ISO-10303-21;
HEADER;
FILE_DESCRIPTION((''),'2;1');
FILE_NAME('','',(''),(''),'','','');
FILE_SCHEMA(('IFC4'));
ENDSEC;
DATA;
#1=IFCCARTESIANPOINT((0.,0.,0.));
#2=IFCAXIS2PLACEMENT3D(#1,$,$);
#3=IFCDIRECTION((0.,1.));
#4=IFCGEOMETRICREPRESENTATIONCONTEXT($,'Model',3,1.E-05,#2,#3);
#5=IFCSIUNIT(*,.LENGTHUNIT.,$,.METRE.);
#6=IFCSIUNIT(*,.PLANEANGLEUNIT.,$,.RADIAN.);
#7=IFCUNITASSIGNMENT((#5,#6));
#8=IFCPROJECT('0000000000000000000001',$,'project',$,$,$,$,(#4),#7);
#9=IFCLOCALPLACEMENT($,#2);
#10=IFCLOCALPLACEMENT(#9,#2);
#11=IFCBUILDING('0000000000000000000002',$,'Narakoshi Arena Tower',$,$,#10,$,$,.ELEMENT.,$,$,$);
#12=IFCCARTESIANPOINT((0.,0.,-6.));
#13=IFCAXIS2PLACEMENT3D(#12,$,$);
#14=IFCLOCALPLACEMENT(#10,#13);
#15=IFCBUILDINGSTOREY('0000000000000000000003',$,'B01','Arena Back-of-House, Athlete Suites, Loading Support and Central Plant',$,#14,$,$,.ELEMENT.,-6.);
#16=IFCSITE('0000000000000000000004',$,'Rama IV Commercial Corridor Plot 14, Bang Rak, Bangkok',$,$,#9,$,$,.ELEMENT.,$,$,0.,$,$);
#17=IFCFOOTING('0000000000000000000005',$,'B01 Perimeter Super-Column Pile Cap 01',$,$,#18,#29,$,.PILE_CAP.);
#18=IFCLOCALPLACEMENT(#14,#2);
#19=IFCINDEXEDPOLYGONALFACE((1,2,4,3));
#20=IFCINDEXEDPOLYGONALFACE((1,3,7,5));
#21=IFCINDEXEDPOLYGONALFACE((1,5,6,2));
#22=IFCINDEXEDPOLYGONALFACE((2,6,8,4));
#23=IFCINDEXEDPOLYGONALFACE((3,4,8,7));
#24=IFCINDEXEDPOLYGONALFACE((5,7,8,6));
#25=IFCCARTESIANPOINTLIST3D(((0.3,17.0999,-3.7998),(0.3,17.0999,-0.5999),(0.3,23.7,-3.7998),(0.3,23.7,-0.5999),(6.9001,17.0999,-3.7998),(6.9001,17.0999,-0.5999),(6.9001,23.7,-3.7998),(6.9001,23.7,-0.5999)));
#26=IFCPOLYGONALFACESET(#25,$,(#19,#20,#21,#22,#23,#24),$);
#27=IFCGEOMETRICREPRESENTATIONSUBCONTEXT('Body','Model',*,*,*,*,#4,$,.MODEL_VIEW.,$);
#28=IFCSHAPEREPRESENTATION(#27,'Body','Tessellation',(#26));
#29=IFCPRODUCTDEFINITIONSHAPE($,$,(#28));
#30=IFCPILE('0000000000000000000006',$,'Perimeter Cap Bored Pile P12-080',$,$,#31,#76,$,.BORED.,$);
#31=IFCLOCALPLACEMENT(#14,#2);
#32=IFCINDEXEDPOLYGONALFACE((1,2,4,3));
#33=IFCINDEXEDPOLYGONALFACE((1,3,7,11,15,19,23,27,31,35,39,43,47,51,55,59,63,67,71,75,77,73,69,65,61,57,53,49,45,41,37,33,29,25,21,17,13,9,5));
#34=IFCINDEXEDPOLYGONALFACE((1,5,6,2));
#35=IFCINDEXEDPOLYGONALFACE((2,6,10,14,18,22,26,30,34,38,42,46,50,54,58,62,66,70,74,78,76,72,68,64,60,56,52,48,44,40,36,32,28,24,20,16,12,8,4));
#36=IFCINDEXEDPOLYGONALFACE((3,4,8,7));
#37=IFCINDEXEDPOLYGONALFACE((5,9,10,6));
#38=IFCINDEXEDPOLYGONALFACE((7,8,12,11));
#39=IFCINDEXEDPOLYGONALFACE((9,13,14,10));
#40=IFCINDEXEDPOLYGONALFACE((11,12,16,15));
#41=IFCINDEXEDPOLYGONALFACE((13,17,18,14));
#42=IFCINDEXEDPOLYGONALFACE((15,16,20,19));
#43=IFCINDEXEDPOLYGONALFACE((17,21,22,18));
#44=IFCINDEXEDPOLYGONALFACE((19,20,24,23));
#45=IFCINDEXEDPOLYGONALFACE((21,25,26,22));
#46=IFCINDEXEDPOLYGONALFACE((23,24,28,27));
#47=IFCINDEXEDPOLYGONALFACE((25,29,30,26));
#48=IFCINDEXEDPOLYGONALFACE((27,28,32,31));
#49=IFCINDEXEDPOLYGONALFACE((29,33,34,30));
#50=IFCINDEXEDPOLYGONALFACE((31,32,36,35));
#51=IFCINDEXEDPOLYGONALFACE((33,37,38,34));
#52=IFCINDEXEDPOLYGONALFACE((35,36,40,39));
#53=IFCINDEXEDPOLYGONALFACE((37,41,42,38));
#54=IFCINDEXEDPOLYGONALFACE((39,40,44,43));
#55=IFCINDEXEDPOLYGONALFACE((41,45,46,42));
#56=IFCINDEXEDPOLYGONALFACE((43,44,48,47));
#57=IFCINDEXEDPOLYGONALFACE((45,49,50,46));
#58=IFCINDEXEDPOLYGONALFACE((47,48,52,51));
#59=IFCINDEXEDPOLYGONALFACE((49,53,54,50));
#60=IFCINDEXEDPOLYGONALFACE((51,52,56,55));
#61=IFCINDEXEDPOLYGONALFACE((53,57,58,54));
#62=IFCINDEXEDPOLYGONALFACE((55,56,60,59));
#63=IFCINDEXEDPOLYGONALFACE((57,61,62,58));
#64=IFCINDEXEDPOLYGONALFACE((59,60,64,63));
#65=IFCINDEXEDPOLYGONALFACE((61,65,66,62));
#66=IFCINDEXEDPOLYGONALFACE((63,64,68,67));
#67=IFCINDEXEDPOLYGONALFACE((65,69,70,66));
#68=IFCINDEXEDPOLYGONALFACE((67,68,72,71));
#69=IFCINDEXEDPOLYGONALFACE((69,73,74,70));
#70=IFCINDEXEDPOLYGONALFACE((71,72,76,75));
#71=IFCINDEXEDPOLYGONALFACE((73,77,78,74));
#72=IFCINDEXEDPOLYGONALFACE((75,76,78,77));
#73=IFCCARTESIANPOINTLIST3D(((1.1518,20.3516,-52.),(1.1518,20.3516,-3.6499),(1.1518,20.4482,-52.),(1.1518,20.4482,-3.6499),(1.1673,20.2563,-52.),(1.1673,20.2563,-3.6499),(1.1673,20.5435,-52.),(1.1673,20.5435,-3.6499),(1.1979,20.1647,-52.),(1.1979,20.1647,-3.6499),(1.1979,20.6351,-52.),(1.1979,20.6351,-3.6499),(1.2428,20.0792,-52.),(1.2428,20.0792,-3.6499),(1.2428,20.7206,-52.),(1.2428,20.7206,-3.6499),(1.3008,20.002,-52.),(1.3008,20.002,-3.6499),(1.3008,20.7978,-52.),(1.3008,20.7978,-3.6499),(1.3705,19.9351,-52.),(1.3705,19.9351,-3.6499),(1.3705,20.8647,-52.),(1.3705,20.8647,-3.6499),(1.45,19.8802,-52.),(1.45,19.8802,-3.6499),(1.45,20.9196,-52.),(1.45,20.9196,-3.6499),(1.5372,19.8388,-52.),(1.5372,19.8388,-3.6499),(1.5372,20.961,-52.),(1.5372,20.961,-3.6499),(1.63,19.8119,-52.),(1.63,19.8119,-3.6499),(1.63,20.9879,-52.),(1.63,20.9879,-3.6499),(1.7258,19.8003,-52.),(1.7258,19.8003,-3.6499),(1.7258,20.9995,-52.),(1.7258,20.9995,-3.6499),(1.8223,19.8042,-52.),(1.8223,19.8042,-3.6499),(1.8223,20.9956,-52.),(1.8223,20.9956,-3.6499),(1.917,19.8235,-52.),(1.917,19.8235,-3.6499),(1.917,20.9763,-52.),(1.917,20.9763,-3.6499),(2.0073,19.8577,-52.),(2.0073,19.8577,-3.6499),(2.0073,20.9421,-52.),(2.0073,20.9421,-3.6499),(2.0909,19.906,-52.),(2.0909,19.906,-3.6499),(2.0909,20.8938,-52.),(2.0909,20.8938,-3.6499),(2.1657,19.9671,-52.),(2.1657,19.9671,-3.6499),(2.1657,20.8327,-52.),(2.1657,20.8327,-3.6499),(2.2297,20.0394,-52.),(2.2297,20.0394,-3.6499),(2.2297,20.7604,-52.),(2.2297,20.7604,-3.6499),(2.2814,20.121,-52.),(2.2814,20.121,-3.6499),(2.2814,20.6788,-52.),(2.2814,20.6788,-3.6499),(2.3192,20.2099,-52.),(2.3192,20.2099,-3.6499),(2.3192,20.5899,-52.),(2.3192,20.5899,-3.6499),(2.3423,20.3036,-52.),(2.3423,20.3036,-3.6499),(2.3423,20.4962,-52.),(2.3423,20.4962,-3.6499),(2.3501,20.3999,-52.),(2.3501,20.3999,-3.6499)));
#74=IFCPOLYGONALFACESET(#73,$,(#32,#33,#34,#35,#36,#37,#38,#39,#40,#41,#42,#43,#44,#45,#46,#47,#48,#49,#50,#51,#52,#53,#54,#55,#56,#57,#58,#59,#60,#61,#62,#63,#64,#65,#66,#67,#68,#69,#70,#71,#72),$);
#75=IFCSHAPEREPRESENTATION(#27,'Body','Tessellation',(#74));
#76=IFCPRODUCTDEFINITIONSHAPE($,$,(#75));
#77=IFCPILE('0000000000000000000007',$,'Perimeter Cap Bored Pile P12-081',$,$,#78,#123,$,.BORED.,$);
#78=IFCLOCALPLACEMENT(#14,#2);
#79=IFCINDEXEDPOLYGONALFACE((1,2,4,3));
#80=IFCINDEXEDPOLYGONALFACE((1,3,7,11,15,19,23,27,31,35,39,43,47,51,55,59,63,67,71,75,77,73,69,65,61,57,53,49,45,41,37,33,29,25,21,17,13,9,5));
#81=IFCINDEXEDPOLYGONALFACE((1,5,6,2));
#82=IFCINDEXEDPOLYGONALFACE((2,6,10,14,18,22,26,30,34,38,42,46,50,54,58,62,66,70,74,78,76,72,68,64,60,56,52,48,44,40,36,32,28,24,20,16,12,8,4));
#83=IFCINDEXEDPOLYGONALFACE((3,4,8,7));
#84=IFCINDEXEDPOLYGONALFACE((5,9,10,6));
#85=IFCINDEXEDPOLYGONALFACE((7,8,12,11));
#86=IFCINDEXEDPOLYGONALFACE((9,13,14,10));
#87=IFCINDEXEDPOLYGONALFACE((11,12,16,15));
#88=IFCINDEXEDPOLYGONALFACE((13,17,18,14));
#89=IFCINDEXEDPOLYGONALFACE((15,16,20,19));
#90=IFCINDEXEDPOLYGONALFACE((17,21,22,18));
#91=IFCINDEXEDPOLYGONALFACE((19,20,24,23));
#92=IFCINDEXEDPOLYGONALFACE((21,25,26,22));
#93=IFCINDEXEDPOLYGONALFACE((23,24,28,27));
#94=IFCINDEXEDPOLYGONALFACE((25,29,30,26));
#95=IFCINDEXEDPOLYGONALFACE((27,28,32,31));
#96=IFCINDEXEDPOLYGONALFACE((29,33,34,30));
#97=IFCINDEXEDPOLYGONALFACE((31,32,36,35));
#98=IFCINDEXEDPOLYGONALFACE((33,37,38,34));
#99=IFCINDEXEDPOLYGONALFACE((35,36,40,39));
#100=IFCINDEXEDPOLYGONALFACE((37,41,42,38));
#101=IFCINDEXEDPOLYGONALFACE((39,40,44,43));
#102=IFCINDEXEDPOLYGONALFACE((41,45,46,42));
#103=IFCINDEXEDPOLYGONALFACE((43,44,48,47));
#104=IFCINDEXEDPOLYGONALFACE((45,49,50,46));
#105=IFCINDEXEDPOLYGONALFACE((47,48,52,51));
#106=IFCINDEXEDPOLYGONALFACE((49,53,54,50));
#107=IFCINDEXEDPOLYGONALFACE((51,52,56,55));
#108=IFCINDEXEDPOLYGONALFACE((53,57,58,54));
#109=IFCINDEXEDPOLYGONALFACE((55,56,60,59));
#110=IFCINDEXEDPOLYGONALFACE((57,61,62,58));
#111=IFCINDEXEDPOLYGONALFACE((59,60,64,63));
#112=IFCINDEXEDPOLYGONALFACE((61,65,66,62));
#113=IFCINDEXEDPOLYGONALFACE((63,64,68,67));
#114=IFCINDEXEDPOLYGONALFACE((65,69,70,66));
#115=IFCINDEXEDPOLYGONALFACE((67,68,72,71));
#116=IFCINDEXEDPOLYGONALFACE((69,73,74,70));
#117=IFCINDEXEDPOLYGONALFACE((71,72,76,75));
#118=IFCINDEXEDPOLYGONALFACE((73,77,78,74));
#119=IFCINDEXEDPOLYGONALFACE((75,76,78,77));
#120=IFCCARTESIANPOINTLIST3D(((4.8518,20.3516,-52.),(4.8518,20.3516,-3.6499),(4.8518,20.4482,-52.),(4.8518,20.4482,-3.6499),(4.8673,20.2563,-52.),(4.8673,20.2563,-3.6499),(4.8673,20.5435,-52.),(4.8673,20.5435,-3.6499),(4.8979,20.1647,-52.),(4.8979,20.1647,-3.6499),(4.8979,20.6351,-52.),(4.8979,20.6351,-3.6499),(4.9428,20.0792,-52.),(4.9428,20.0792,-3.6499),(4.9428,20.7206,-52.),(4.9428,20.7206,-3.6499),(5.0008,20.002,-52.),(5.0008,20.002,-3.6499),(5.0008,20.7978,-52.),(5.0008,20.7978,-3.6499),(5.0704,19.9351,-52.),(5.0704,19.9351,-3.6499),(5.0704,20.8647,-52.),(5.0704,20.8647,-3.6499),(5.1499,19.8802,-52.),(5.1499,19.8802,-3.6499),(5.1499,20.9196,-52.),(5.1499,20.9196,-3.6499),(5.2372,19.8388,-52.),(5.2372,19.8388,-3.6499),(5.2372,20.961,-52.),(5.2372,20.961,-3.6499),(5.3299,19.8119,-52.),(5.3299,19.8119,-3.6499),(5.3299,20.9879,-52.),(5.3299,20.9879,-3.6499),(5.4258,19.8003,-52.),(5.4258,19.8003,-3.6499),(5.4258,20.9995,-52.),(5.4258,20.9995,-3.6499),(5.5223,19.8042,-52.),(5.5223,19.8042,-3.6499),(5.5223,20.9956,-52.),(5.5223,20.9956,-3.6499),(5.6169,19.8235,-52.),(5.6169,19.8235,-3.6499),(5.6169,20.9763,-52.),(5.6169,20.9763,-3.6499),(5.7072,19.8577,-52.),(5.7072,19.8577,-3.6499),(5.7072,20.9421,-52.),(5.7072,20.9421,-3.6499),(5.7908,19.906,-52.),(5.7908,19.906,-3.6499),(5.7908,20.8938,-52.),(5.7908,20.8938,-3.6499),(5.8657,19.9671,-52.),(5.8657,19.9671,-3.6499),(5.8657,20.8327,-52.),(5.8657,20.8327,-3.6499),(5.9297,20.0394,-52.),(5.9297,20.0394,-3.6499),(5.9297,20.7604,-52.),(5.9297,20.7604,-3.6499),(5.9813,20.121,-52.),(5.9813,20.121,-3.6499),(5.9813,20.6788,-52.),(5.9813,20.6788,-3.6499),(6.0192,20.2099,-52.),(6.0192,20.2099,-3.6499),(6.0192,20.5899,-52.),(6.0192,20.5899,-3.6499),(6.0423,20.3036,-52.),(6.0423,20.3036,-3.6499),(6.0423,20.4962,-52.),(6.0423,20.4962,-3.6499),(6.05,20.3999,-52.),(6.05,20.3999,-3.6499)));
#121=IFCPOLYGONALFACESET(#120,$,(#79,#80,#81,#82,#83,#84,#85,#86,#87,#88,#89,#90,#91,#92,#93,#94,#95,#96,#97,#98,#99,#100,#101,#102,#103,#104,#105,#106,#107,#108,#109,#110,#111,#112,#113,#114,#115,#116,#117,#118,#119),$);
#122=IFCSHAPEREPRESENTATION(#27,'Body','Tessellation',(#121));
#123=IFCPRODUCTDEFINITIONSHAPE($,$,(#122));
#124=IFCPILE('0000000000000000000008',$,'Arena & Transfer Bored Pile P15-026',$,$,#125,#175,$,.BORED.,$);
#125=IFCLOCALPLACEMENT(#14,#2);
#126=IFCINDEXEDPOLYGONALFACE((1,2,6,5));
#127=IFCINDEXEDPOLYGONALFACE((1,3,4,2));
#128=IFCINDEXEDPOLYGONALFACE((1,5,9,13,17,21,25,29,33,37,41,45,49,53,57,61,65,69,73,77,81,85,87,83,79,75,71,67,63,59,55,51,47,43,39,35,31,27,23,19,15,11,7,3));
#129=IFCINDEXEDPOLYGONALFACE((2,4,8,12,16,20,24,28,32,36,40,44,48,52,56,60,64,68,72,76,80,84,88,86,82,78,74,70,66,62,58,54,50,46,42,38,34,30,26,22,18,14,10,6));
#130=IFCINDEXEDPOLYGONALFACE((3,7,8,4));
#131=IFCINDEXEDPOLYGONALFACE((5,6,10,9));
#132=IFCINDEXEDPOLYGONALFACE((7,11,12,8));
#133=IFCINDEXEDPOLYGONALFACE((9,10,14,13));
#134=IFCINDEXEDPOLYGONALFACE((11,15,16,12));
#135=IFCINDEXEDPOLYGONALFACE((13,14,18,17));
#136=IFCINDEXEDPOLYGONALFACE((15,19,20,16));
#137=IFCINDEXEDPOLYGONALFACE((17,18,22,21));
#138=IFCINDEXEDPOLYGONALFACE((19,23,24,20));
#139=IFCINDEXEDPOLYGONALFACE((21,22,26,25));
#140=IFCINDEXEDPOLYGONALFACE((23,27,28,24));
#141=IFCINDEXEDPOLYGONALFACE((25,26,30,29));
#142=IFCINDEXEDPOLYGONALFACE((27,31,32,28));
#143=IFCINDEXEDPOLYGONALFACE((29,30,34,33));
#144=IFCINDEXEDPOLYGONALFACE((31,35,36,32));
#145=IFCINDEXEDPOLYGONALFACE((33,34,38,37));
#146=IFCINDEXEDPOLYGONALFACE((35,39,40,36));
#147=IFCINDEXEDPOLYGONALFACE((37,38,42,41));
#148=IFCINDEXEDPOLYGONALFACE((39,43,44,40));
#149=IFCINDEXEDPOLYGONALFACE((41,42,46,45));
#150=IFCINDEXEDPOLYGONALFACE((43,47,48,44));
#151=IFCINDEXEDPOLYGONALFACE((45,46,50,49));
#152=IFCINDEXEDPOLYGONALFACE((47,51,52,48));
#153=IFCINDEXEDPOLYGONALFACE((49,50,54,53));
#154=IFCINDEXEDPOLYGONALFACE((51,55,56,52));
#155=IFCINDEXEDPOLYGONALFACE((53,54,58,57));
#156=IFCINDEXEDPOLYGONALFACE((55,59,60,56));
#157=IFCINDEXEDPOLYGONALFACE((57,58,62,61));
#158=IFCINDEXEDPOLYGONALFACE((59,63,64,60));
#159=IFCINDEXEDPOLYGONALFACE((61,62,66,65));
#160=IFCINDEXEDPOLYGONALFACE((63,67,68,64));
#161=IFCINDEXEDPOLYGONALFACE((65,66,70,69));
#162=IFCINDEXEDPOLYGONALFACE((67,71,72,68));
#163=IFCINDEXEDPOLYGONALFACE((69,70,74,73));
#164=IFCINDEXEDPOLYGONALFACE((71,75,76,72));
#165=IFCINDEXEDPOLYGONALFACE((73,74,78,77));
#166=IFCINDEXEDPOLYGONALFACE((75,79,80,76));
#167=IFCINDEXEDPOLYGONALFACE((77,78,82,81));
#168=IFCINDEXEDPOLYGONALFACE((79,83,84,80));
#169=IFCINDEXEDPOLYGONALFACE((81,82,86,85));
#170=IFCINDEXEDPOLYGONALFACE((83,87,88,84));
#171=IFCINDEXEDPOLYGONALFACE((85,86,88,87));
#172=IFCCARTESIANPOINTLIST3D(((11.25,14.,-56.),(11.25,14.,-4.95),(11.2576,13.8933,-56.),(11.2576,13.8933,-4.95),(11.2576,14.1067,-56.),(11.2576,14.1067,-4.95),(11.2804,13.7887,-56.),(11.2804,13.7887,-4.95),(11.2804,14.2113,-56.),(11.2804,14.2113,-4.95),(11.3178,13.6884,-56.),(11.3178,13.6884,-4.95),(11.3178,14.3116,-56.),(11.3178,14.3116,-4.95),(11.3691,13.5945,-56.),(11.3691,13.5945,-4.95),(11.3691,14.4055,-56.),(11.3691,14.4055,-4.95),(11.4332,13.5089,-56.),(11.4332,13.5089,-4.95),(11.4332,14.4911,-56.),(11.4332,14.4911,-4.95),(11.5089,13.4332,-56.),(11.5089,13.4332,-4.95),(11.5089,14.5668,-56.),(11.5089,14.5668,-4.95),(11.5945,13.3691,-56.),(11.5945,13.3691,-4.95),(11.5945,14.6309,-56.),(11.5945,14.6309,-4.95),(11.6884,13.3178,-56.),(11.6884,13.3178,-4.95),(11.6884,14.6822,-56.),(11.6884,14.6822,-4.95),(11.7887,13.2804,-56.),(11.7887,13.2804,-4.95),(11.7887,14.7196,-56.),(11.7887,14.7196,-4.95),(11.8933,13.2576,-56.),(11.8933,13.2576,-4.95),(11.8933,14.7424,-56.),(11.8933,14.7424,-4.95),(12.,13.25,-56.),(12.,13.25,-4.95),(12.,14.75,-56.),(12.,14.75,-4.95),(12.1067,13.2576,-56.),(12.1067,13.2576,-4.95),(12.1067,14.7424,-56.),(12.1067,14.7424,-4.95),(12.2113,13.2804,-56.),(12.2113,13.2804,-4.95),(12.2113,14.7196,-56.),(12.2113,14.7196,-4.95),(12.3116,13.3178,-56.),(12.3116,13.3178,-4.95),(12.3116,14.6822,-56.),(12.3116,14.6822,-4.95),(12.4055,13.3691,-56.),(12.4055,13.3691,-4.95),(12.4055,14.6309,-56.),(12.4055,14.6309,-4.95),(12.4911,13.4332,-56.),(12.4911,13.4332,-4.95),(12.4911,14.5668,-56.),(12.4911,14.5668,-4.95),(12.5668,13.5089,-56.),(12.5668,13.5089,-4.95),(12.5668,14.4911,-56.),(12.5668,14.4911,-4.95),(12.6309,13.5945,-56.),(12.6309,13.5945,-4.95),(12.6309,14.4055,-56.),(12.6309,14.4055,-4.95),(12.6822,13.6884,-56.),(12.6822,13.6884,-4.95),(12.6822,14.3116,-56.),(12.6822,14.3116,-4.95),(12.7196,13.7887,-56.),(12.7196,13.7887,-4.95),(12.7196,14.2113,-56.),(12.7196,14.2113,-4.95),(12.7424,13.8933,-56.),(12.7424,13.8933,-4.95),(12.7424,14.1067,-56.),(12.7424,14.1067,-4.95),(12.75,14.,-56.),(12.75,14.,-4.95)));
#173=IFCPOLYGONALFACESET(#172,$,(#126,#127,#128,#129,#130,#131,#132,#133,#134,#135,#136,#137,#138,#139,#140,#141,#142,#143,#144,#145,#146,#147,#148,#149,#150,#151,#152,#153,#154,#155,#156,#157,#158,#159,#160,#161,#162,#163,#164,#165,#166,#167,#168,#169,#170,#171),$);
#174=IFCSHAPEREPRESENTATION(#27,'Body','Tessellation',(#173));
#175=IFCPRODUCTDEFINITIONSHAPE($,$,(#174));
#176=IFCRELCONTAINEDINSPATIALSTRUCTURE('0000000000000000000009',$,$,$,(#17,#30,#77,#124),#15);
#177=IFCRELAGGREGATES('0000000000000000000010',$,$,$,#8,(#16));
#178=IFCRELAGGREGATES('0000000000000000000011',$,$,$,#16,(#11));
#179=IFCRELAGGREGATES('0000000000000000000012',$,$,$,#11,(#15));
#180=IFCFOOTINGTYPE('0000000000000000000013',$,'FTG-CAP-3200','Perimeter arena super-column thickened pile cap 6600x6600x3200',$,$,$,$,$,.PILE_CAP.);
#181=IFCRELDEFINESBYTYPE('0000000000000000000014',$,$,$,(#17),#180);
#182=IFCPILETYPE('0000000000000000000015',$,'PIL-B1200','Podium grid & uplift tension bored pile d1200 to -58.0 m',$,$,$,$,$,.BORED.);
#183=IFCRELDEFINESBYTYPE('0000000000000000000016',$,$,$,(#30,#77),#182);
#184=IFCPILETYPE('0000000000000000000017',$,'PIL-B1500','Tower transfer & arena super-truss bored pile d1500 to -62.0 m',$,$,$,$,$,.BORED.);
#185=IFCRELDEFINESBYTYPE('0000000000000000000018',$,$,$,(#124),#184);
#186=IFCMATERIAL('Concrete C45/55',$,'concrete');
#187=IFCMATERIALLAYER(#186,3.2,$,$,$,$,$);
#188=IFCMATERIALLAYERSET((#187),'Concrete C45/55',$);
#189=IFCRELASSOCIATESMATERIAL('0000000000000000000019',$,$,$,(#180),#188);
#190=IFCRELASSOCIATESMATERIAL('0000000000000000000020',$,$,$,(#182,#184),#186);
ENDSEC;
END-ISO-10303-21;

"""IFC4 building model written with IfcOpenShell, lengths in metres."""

from ifc_helpers import new_model, si_unit, direction, frame, origin, origin_2d, place, context, subcontext, project, spatial, rectangle, circle, extrude, material, layer, layer_set, material_profile, profile_set, type_object, element, save


model = new_model("IFC4")

# Units and contexts
model_context = context("Model", 3, precision=1e-05, world=origin(), true_north=direction((0.0, 1.0)))
body_context = subcontext(model_context, "Body", "Model", "MODEL_VIEW")
ifc_project = project(units=[si_unit("LENGTHUNIT", "METRE"), si_unit("PLANEANGLEUNIT", "RADIAN")], contexts=[model_context])

# Site, building, storey
site_placement = place(None, origin())
site = spatial("IfcSite", under=ifc_project, at=site_placement, Name="Rama IV Commercial Corridor Plot 14, Bang Rak, Bangkok", CompositionType="ELEMENT", RefElevation=0.0)
building_placement = place(site_placement, origin())
building = spatial("IfcBuilding", under=site, at=building_placement, Name="Narakoshi Arena Tower", CompositionType="ELEMENT")
storey_placement = place(building_placement, frame((0.0, 0.0, -6.0)))
storey = spatial("IfcBuildingStorey", under=building, at=storey_placement, Name="B01", Description="Arena Back-of-House, Athlete Suites, Loading Support and Central Plant", CompositionType="ELEMENT", Elevation=-6.0)

# Footing
ifc_material_1 = material(Name="Concrete C45/55", Category="concrete")
ifc_layer_1 = layer(ifc_material_1, 3.2)
ifc_layer_set_1 = layer_set([ifc_layer_1], Name="Concrete C45/55")
footing_type = type_object("IfcFootingType", Name="FTG-CAP-3200", Description="Perimeter arena super-column thickened pile cap 6600x6600x3200", PredefinedType="PILE_CAP", material=ifc_layer_set_1)
footing_placement = place(storey_placement, frame((3.6001, 20.3999, -3.7998), z_axis=(0.0, 0.0, 1.0), x_axis=(1.0, 0.0, 0.0)))
element("IfcFooting", 1, at=footing_placement, inside=storey, type_object=footing_type, Name="B01 Perimeter Super-Column Pile Cap 01", PredefinedType="PILE_CAP", context=body_context, shape_type="SweptSolid", body=[
    extrude(rectangle(XDim=6.6001, YDim=6.6001, at=origin_2d()), origin(), (0.0, 0.0, 1.0), 3.2),
])

# Piles
ifc_material_profile_1 = material_profile(ifc_material_1, circle(Radius=0.6001, at=origin_2d()), Name="PILE-D1200")
ifc_profile_set_1 = profile_set([ifc_material_profile_1], Name="Concrete C45/55")
pile_type_1 = type_object("IfcPileType", Name="PIL-B1200", Description="Podium grid & uplift tension bored pile d1200 to -58.0 m", PredefinedType="BORED", material=ifc_profile_set_1)
for number, where, z_axis, x_axis, name in (
    (2, (1.75, 20.3999, -3.6499), (0.0, 0.0, -1.0), (1.0, 0.0, 0.0), "Perimeter Cap Bored Pile P12-080"),
    (3, (5.45, 20.3999, -3.6499), (0.0, 0.0, -1.0), (1.0, 0.0, 0.0), "Perimeter Cap Bored Pile P12-081"),
):
    element("IfcPile", number, at=place(storey_placement, frame(where, z_axis=z_axis, x_axis=x_axis)), inside=storey, type_object=pile_type_1, Name=name, PredefinedType="BORED", context=body_context, shape_type="SweptSolid", body=[
        extrude(circle(Radius=0.6001, at=origin_2d()), origin(), (0.0, 0.0, 1.0), 48.3501),
    ])
ifc_material_profile_2 = material_profile(ifc_material_1, circle(Radius=0.75, at=origin_2d()), Name="PILE-D1500")
ifc_profile_set_2 = profile_set([ifc_material_profile_2], Name="Concrete C45/55")
pile_type_2 = type_object("IfcPileType", Name="PIL-B1500", Description="Tower transfer & arena super-truss bored pile d1500 to -62.0 m", PredefinedType="BORED", material=ifc_profile_set_2)
for number, where, z_axis, x_axis, name in (
    (4, (12.0, 14.0, -4.95), (0.0, 0.0, -1.0), (1.0, 0.0, 0.0), "Arena & Transfer Bored Pile P15-026"),
):
    element("IfcPile", number, at=place(storey_placement, frame(where, z_axis=z_axis, x_axis=x_axis)), inside=storey, type_object=pile_type_2, Name=name, PredefinedType="BORED", context=body_context, shape_type="SweptSolid", body=[
        extrude(circle(Radius=0.75, at=origin_2d()), origin(), (0.0, 0.0, 1.0), 51.05),
    ])

save(model, "model.ifc")
